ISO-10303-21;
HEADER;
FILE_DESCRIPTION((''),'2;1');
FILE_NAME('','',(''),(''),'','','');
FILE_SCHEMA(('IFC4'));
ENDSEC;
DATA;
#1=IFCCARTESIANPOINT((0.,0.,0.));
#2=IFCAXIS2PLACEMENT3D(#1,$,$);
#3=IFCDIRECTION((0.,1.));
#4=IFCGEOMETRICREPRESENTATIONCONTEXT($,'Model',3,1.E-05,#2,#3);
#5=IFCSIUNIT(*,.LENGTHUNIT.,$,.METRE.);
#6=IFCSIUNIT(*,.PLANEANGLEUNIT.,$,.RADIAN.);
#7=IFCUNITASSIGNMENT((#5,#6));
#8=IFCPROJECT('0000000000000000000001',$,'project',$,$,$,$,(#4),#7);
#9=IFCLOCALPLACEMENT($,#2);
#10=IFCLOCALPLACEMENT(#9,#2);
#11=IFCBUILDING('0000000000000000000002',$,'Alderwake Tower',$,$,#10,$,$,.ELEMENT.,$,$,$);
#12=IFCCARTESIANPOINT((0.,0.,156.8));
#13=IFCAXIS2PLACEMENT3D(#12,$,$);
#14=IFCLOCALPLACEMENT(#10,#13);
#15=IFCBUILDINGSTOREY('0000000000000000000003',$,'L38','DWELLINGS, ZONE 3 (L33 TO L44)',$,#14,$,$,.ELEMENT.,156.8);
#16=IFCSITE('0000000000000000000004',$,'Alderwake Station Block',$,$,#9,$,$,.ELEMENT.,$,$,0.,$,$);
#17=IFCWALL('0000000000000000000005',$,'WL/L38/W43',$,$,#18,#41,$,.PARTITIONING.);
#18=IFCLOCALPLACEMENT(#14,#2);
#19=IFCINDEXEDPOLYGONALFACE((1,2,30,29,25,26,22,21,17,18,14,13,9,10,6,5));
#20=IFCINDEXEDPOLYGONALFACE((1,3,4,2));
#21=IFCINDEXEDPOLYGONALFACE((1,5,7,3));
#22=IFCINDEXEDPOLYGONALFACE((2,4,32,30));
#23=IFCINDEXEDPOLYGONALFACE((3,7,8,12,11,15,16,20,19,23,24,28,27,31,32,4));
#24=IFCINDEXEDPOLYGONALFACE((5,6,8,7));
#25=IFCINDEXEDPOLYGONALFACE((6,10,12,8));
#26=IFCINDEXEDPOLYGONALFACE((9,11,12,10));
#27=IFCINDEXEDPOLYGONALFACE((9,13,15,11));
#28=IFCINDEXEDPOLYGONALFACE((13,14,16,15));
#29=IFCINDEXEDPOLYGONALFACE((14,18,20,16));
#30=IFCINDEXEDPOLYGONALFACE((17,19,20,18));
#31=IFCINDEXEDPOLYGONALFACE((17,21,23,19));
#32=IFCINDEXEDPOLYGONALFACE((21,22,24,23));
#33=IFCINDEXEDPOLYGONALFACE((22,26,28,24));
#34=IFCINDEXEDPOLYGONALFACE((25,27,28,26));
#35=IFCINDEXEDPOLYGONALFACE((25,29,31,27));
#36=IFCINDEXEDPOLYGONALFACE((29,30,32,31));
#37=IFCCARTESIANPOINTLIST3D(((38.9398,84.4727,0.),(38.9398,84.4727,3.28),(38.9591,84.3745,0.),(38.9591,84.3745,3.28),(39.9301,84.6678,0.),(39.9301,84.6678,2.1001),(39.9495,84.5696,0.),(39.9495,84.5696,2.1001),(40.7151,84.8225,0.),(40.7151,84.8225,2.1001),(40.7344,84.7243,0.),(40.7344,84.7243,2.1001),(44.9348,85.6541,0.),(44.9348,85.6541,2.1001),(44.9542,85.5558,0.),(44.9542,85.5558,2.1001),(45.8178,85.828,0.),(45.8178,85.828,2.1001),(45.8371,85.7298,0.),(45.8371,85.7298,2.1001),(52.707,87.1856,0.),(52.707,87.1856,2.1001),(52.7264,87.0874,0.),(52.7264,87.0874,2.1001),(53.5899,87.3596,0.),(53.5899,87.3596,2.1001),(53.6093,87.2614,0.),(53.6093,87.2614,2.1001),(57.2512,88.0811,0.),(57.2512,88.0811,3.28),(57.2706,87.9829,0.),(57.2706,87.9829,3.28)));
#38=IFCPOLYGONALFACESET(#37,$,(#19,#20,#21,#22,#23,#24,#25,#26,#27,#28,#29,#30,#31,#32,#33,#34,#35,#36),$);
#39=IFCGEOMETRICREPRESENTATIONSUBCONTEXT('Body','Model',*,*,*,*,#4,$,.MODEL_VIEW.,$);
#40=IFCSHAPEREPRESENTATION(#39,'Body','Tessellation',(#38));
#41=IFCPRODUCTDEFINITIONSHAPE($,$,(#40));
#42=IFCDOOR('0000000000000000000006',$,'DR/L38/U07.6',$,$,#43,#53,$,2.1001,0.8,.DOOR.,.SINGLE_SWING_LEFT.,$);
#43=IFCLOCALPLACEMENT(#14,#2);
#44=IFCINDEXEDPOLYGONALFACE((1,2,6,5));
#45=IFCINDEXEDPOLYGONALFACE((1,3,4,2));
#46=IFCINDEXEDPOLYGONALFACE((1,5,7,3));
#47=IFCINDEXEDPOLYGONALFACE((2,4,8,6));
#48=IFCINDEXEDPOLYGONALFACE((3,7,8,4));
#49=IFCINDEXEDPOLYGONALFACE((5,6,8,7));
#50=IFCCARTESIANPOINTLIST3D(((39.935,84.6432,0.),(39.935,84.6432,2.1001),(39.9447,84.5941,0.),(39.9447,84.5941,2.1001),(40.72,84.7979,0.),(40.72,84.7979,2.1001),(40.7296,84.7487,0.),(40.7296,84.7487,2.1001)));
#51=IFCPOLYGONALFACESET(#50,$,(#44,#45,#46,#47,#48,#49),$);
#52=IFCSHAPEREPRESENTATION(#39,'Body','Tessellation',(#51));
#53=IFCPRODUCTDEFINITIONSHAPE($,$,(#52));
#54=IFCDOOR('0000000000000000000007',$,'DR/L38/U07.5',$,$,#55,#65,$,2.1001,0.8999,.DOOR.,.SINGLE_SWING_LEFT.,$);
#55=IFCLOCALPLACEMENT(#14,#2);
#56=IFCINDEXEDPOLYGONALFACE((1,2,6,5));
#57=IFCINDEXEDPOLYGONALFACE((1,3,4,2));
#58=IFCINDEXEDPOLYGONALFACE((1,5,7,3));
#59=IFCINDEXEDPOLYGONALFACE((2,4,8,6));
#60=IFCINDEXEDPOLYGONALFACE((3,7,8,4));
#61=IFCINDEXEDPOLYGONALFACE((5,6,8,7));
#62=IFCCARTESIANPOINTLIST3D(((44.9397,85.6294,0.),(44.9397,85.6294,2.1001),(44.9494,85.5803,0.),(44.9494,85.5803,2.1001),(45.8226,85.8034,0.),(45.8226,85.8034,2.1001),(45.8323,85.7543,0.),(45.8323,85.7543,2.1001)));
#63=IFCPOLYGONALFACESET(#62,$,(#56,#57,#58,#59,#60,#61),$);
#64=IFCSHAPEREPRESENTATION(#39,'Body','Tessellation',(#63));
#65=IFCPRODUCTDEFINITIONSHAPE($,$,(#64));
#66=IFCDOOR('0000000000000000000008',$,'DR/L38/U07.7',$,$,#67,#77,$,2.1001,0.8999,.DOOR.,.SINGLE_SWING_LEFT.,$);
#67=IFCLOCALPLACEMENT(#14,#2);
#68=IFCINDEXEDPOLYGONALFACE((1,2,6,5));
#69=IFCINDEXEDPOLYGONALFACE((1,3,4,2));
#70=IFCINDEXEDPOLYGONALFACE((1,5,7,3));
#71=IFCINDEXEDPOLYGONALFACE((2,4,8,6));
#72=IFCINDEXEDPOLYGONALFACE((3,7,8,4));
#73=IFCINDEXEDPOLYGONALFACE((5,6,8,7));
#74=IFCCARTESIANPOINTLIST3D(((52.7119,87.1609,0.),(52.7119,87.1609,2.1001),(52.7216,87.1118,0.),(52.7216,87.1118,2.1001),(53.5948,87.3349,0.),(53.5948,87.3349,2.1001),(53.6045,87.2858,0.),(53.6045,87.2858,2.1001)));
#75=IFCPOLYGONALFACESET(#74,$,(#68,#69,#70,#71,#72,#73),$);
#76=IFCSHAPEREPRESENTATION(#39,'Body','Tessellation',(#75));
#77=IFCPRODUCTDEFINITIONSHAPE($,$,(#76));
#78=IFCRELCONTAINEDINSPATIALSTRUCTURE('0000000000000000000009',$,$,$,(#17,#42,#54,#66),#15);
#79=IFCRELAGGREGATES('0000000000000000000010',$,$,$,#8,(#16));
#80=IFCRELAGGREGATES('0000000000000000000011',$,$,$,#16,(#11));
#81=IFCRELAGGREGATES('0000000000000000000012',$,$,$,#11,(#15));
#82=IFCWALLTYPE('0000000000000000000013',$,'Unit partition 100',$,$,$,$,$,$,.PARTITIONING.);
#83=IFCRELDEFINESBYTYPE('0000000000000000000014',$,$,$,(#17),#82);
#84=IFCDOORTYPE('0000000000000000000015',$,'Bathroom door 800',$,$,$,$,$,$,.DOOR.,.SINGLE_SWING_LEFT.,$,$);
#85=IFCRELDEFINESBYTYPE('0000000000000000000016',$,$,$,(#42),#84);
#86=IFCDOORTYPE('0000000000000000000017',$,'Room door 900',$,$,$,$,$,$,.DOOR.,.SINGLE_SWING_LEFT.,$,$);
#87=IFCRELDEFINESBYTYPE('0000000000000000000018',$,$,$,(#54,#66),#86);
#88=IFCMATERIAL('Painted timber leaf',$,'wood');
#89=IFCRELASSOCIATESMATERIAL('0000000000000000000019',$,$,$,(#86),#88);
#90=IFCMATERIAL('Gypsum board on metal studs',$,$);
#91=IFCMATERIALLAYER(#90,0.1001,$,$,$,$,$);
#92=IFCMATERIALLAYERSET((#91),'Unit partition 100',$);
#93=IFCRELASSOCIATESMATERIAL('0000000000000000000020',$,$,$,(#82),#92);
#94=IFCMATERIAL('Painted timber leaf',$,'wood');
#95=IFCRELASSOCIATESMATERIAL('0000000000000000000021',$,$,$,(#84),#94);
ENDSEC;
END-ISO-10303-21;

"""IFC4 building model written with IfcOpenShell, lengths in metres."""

from ifc_helpers import new_model, si_unit, direction, frame, frame_2d, origin, place, context, subcontext, project, spatial, rectangle, extrude, material, layer, layer_set, type_object, element, fill, save


model = new_model("IFC4")

# Units and contexts
model_context = context("Model", 3, precision=1e-05, world=origin(), true_north=direction((0.0, 1.0)))
body_context = subcontext(model_context, "Body", "Model", "MODEL_VIEW")
ifc_project = project(units=[si_unit("LENGTHUNIT", "METRE"), si_unit("PLANEANGLEUNIT", "RADIAN")], contexts=[model_context])

# Site, building, storey
site_placement = place(None, origin())
site = spatial("IfcSite", under=ifc_project, at=site_placement, Name="Alderwake Station Block", CompositionType="ELEMENT", RefElevation=0.0)
building_placement = place(site_placement, origin())
building = spatial("IfcBuilding", under=site, at=building_placement, Name="Alderwake Tower", CompositionType="ELEMENT")
storey_placement = place(building_placement, frame((0.0, 0.0, 156.8)))
storey = spatial("IfcBuildingStorey", under=building, at=storey_placement, Name="L38", Description="DWELLINGS, ZONE 3 (L33 TO L44)", CompositionType="ELEMENT", Elevation=156.8)

# Shared definitions
ifc_material_1 = material(Name="Painted timber leaf", Category="wood")
door_type_1 = type_object("IfcDoorType", Name="Room door 900", OperationType="SINGLE_SWING_LEFT", PredefinedType="DOOR", material=ifc_material_1)

# Wall, openings, doors
ifc_material_2 = material(Name="Gypsum board on metal studs")
ifc_layer_1 = layer(ifc_material_2, 0.1001)
ifc_layer_set_1 = layer_set([ifc_layer_1], Name="Unit partition 100")
wall_type_1 = type_object("IfcWallType", Name="Unit partition 100", PredefinedType="PARTITIONING", material=ifc_layer_set_1)
wall_1_placement = place(storey_placement, frame((38.9495, 84.4236, 0.0), z_axis=(0.0, 0.0, 1.0), x_axis=(0.981132, 0.193338, 0.0)))
wall_1 = element("IfcWall", 1, at=wall_1_placement, inside=storey, type_object=wall_type_1, Name="WL/L38/W43", PredefinedType="PARTITIONING", context=body_context, shape_type="SweptSolid", body=[
    extrude(rectangle(XDim=18.6636, YDim=0.1001, at=frame_2d((9.3318, 0.0))), origin(), (0.0, 0.0, 1.0), 3.28),
])
opening_1_placement = place(wall_1_placement, frame((6.1104, 0.0, 0.0)))
opening_1 = element("IfcOpeningElement", 2, at=opening_1_placement, cuts=wall_1, PredefinedType="OPENING", context=body_context, shape_type="SweptSolid", body=[
    extrude(rectangle(XDim=0.8999, YDim=2.1001, at=frame_2d((0.45, 1.05))), frame((0.0, 0.0601, 0.0), z_axis=(0.0, -1.0, 0.0), x_axis=(1.0, 0.0, 0.0)), (0.0, 0.0, 1.0), 0.1201),
])
opening_2_placement = place(wall_1_placement, frame((1.0095, 0.0, 0.0)))
opening_2 = element("IfcOpeningElement", 3, at=opening_2_placement, cuts=wall_1, PredefinedType="OPENING", context=body_context, shape_type="SweptSolid", body=[
    extrude(rectangle(XDim=0.8, YDim=2.1001, at=frame_2d((0.3999, 1.05))), frame((0.0, 0.0601, 0.0), z_axis=(0.0, -1.0, 0.0), x_axis=(1.0, 0.0, 0.0)), (0.0, 0.0, 1.0), 0.1201),
])
opening_3_placement = place(wall_1_placement, frame((14.032, 0.0, 0.0)))
opening_3 = element("IfcOpeningElement", 4, at=opening_3_placement, cuts=wall_1, PredefinedType="OPENING", context=body_context, shape_type="SweptSolid", body=[
    extrude(rectangle(XDim=0.8999, YDim=2.1001, at=frame_2d((0.45, 1.05))), frame((0.0, 0.0601, 0.0), z_axis=(0.0, -1.0, 0.0), x_axis=(1.0, 0.0, 0.0)), (0.0, 0.0, 1.0), 0.1201),
])
ifc_material_3 = material(Name="Painted timber leaf", Category="wood")
door_type_2 = type_object("IfcDoorType", Name="Bathroom door 800", OperationType="SINGLE_SWING_LEFT", PredefinedType="DOOR", material=ifc_material_3)
door_1_placement = place(opening_2_placement, origin())
door_1 = element("IfcDoor", 5, at=door_1_placement, inside=storey, type_object=door_type_2, Name="DR/L38/U07.6", OperationType="SINGLE_SWING_LEFT", OverallHeight=2.1001, OverallWidth=0.8, PredefinedType="DOOR", context=body_context, shape_type="SweptSolid", body=[
    extrude(rectangle(XDim=0.8, YDim=2.1001, at=frame_2d((0.3999, 1.05))), frame((0.0, 0.0249, 0.0), z_axis=(0.0, -1.0, 0.0), x_axis=(1.0, 0.0, 0.0)), (0.0, 0.0, 1.0), 0.05),
])
fill(opening_2, door_1)
door_2_placement = place(opening_1_placement, origin())
door_2 = element("IfcDoor", 6, at=door_2_placement, inside=storey, type_object=door_type_1, Name="DR/L38/U07.5", OperationType="SINGLE_SWING_LEFT", OverallHeight=2.1001, OverallWidth=0.8999, PredefinedType="DOOR", context=body_context, shape_type="SweptSolid", body=[
    extrude(rectangle(XDim=0.8999, YDim=2.1001, at=frame_2d((0.45, 1.05))), frame((0.0, 0.0249, 0.0), z_axis=(0.0, -1.0, 0.0), x_axis=(1.0, 0.0, 0.0)), (0.0, 0.0, 1.0), 0.05),
])
fill(opening_1, door_2)
door_3_placement = place(opening_3_placement, origin())
door_3 = element("IfcDoor", 7, at=door_3_placement, inside=storey, type_object=door_type_1, Name="DR/L38/U07.7", OperationType="SINGLE_SWING_LEFT", OverallHeight=2.1001, OverallWidth=0.8999, PredefinedType="DOOR", context=body_context, shape_type="SweptSolid", body=[
    extrude(rectangle(XDim=0.8999, YDim=2.1001, at=frame_2d((0.45, 1.05))), frame((0.0, 0.0249, 0.0), z_axis=(0.0, -1.0, 0.0), x_axis=(1.0, 0.0, 0.0)), (0.0, 0.0, 1.0), 0.05),
])
fill(opening_3, door_3)

save(model, "model.ifc")
